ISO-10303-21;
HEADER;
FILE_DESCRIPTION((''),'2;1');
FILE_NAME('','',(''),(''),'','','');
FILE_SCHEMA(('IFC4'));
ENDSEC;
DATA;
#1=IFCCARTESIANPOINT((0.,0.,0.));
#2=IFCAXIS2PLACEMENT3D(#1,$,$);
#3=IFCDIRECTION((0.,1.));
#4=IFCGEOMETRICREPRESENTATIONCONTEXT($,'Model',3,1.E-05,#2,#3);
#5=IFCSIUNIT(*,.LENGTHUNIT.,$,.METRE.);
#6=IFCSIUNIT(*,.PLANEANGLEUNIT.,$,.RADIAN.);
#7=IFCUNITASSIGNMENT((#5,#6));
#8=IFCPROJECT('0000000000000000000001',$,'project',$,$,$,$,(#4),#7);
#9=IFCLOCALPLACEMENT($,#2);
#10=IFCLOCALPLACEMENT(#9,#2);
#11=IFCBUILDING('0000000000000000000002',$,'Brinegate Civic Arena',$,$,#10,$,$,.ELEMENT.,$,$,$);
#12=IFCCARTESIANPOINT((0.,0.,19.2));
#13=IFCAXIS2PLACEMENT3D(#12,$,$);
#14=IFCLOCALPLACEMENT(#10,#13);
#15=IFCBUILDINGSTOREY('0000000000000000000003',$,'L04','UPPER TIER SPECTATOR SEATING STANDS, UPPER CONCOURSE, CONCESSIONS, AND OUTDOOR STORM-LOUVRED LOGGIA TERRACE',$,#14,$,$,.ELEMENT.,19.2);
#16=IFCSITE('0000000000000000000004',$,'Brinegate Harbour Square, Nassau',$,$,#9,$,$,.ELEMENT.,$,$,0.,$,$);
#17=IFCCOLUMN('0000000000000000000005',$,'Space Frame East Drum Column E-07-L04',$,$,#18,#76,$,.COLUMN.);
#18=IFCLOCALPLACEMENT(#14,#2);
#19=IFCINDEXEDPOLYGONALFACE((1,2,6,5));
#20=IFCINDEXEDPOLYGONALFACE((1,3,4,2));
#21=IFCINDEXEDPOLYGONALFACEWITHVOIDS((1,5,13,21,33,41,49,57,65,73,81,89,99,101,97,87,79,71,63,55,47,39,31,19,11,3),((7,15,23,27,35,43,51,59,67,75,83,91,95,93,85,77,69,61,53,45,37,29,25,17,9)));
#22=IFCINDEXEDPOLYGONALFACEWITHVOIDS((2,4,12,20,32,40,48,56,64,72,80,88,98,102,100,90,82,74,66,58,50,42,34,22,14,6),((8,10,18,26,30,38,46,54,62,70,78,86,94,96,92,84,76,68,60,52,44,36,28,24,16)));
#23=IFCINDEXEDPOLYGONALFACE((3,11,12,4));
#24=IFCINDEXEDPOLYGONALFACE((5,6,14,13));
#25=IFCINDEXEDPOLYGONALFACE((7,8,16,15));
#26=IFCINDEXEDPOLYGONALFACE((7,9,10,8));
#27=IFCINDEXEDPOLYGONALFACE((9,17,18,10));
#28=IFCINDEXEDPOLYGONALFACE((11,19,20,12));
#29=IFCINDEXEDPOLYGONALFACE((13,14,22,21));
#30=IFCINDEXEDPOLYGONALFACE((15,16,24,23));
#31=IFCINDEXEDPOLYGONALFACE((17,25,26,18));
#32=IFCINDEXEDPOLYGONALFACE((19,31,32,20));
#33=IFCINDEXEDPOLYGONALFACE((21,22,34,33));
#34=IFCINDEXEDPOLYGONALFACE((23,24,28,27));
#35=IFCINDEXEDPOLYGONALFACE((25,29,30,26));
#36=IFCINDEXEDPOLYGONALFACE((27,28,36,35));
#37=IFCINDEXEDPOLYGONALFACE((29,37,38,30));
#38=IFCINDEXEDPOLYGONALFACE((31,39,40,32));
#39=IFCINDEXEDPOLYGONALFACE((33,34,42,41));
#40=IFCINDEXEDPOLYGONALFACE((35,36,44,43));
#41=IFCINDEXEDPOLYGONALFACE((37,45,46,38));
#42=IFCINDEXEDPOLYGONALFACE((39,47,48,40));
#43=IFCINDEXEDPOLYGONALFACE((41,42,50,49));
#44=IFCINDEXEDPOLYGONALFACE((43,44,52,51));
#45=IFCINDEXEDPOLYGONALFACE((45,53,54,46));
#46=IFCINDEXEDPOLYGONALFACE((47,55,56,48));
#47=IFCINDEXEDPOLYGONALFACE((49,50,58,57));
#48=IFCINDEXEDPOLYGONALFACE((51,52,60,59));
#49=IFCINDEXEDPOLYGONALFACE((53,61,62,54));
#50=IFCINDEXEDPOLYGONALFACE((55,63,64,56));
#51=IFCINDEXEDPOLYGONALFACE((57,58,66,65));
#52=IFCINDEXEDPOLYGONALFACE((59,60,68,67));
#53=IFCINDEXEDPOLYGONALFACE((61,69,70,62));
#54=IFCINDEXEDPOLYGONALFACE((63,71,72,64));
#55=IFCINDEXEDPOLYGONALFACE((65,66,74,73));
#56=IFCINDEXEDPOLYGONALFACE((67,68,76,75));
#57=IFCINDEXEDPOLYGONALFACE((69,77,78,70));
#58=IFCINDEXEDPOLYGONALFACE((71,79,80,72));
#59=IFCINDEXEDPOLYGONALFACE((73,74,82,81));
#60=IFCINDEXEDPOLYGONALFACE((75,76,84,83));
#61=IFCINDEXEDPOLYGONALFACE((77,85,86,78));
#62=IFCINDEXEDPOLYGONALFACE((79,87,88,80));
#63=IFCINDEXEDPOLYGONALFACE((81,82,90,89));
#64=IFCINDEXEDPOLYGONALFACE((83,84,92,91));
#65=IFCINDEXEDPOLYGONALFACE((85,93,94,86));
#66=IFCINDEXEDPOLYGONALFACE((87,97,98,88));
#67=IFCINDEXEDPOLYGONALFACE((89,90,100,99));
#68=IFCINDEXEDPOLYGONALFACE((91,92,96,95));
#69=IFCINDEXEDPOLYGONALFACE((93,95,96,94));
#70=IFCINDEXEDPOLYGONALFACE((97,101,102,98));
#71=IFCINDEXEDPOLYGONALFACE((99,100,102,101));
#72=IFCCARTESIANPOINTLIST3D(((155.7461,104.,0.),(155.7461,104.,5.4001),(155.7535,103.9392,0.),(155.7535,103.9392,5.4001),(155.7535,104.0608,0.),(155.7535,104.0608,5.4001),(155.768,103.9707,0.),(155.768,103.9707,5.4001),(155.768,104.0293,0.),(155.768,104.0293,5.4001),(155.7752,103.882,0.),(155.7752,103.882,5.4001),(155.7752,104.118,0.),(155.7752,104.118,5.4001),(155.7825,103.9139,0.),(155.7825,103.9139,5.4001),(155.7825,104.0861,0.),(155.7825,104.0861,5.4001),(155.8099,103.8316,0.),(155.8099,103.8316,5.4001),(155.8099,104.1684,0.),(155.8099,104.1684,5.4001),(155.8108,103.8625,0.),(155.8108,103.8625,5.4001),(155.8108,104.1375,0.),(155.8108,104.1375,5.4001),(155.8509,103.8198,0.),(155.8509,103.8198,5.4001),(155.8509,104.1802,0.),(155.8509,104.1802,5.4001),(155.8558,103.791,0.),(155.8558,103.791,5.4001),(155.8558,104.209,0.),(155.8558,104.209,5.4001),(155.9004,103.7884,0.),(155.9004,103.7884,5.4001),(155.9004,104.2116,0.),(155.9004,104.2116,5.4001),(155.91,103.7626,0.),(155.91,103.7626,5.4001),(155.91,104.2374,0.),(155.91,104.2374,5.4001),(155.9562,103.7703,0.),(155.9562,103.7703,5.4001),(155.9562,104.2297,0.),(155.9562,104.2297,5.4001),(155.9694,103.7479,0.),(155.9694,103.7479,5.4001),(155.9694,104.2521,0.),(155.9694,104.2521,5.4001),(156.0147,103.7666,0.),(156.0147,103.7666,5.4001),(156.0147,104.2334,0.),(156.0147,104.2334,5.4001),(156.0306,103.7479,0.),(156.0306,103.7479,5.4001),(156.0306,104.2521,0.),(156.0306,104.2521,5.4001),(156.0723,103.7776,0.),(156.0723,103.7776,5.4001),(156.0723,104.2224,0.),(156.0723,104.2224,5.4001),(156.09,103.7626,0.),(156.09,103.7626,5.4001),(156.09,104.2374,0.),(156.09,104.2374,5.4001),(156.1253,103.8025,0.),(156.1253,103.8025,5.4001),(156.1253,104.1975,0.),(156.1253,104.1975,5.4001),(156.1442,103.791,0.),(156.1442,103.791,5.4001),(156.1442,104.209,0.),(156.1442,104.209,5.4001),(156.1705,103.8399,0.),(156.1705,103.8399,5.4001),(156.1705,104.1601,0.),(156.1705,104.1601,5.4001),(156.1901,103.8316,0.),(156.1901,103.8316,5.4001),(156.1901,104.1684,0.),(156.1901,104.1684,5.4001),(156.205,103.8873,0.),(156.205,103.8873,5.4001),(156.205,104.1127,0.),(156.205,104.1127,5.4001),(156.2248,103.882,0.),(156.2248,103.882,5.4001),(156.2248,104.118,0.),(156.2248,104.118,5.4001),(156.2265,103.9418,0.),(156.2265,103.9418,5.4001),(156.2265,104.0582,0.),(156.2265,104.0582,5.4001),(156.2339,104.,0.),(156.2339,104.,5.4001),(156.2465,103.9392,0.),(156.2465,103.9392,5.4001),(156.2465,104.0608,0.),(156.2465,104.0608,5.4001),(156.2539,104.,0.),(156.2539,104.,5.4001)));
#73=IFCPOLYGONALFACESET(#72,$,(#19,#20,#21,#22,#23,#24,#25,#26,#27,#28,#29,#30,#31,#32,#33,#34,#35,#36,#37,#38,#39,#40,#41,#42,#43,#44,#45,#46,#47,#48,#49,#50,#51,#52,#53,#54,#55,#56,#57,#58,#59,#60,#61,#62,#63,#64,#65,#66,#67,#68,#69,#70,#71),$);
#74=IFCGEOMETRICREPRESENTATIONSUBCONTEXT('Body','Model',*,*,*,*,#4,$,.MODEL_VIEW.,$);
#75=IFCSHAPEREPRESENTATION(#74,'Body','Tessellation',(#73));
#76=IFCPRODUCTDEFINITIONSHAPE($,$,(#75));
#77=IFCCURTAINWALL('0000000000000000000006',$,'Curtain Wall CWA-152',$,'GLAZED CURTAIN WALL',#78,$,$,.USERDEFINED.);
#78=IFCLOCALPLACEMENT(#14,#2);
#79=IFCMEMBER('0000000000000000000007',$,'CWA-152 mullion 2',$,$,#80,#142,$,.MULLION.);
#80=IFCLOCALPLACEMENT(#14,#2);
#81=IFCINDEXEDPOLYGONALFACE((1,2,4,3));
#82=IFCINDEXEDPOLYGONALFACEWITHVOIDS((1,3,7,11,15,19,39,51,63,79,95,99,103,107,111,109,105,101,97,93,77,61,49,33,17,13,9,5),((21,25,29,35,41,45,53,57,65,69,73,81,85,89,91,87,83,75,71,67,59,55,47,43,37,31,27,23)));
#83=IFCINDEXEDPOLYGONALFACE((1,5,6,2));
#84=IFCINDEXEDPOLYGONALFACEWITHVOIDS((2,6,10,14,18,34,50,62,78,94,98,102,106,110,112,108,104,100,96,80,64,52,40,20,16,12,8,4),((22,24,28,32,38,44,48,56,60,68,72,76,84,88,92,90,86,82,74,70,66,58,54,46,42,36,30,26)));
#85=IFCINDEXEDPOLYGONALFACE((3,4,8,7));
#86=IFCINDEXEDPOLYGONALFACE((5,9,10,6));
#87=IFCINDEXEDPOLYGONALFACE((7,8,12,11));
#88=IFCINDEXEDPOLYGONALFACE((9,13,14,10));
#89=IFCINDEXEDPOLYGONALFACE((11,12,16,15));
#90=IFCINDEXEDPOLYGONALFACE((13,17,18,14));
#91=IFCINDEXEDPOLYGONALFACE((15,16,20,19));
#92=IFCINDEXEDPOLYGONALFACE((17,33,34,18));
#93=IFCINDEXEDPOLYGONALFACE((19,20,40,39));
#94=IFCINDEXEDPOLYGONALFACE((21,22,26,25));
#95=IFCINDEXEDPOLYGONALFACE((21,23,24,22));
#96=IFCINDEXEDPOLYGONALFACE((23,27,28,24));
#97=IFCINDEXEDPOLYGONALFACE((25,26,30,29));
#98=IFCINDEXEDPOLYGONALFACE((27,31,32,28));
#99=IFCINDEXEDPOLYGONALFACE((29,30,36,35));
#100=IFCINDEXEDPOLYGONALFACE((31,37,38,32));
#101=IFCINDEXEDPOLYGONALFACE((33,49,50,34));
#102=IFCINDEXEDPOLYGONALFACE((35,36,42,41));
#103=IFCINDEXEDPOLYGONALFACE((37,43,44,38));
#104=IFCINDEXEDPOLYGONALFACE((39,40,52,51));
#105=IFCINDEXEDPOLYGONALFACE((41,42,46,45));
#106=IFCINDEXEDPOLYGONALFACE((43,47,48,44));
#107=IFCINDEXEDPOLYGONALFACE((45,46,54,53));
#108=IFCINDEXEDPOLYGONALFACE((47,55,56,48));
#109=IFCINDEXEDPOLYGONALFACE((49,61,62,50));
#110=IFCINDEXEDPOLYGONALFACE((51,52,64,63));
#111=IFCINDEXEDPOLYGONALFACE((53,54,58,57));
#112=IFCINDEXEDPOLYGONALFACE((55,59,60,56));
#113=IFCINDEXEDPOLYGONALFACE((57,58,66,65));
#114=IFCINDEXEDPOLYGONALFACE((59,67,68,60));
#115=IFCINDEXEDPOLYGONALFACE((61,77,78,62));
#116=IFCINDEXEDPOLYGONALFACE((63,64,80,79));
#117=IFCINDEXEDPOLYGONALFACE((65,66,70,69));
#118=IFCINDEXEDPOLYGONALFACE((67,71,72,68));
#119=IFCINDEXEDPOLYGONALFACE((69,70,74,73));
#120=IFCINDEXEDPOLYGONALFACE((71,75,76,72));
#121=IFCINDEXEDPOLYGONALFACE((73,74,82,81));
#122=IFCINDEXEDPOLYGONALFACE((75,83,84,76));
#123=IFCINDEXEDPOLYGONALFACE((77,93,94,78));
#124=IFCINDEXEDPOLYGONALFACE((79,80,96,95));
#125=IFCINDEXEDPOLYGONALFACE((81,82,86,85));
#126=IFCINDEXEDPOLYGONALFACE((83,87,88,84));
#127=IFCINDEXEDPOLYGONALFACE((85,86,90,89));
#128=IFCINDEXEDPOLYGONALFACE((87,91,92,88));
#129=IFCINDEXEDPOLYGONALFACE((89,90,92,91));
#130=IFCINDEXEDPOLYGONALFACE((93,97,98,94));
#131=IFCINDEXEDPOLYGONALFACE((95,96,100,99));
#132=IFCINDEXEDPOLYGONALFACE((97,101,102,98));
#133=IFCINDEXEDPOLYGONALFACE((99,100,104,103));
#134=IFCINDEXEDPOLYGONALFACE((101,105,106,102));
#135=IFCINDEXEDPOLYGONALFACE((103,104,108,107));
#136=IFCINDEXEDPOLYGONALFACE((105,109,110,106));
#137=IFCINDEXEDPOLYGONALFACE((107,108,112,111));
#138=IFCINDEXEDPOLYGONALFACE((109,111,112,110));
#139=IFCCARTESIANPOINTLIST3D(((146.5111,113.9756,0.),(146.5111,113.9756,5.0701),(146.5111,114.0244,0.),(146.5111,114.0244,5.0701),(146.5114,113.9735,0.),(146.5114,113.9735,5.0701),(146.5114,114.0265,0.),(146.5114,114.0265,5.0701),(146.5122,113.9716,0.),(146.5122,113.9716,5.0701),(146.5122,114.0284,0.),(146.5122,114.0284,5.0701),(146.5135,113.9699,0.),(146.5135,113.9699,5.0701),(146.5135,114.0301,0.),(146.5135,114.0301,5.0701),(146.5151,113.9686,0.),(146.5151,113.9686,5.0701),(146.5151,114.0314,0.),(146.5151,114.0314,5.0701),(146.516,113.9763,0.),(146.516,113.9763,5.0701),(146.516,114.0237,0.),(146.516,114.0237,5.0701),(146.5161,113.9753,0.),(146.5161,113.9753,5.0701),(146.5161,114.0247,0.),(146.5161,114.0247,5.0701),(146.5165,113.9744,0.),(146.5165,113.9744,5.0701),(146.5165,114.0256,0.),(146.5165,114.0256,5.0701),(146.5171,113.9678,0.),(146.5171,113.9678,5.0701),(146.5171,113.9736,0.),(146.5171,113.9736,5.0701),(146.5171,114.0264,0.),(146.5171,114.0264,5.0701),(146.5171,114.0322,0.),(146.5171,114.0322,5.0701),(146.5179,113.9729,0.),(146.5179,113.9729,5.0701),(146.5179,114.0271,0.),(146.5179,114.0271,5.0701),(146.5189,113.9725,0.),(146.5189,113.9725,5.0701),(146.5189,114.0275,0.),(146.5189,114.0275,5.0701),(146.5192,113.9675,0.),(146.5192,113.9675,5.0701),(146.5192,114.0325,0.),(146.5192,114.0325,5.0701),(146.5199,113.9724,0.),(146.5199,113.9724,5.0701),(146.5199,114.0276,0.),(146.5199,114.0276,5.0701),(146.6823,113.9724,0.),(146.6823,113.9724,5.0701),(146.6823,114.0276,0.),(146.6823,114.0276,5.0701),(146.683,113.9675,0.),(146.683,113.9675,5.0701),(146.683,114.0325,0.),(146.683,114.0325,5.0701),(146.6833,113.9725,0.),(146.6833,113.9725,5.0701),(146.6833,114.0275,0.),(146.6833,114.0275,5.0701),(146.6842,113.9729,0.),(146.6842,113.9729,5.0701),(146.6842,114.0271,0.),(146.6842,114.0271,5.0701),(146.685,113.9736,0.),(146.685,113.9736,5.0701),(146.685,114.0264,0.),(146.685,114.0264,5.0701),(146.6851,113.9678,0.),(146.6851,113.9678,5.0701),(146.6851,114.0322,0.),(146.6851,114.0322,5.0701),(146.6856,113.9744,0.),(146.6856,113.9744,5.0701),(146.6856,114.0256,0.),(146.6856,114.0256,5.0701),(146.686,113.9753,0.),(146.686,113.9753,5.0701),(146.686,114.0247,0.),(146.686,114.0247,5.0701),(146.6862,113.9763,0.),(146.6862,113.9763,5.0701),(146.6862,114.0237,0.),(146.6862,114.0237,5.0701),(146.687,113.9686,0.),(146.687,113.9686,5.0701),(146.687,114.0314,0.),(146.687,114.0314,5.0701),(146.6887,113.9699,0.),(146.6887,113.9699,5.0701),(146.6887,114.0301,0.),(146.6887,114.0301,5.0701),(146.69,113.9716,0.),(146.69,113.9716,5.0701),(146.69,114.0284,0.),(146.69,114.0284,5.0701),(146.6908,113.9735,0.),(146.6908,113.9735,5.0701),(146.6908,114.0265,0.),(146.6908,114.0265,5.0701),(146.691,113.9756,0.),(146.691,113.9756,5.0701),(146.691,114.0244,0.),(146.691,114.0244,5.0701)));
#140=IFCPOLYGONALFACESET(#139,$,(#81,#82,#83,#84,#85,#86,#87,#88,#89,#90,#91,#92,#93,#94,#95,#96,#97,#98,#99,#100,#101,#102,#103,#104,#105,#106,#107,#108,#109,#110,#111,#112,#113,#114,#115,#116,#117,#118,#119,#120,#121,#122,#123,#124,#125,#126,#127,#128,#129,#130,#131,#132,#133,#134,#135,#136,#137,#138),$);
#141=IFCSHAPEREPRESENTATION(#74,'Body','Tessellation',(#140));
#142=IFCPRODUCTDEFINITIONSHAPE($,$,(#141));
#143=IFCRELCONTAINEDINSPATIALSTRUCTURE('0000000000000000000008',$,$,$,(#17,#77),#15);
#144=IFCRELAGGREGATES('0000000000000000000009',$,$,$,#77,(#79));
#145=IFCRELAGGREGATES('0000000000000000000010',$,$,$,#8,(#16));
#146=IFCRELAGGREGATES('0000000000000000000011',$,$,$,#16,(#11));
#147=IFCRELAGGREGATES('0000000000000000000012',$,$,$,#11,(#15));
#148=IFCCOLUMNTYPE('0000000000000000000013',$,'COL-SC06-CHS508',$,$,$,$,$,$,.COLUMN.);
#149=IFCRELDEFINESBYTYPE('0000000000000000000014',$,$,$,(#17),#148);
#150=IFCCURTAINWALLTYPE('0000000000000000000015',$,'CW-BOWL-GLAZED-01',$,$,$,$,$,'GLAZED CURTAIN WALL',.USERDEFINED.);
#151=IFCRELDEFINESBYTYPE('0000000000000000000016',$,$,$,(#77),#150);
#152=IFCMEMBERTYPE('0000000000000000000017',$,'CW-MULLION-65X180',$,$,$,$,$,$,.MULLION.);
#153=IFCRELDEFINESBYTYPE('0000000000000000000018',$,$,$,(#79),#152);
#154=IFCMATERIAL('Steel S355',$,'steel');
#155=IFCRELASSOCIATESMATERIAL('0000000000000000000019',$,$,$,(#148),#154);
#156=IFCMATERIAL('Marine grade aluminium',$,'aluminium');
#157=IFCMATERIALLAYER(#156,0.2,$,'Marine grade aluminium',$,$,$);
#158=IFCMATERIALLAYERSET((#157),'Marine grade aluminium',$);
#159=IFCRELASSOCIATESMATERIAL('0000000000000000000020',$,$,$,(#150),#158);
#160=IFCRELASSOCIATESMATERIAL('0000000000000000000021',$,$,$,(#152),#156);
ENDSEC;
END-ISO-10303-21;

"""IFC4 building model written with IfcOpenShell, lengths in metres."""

from ifc_helpers import new_model, si_unit, direction, frame, origin, origin_2d, place, context, subcontext, project, spatial, hollow_rectangle, hollow_circle, extrude, material, layer, layer_set, material_profile, profile_set, type_object, element, aggregate, save


model = new_model("IFC4")

# Units and contexts
model_context = context("Model", 3, precision=1e-05, world=origin(), true_north=direction((0.0, 1.0)))
body_context = subcontext(model_context, "Body", "Model", "MODEL_VIEW")
ifc_project = project(units=[si_unit("LENGTHUNIT", "METRE"), si_unit("PLANEANGLEUNIT", "RADIAN")], contexts=[model_context])

# Site, building, storey
site_placement = place(None, origin())
site = spatial("IfcSite", under=ifc_project, at=site_placement, Name="Brinegate Harbour Square, Nassau", CompositionType="ELEMENT", RefElevation=0.0)
building_placement = place(site_placement, origin())
building = spatial("IfcBuilding", under=site, at=building_placement, Name="Brinegate Civic Arena", CompositionType="ELEMENT")
storey_placement = place(building_placement, frame((0.0, 0.0, 19.2)))
storey = spatial("IfcBuildingStorey", under=building, at=storey_placement, Name="L04", Description="UPPER TIER SPECTATOR SEATING STANDS, UPPER CONCOURSE, CONCESSIONS, AND OUTDOOR STORM-LOUVRED LOGGIA TERRACE", CompositionType="ELEMENT", Elevation=19.2)

# Column
ifc_material_1 = material(Name="Steel S355", Category="steel")
ifc_material_profile_1 = material_profile(ifc_material_1, hollow_circle(Radius=0.2539, WallThickness=0.02, at=origin_2d()), Name="CHS508X20")
ifc_profile_set_1 = profile_set([ifc_material_profile_1], Name="Steel S355")
column_type = type_object("IfcColumnType", Name="COL-SC06-CHS508", PredefinedType="COLUMN", material=ifc_profile_set_1)
column_placement = place(storey_placement, frame((156.0, 104.0, 0.0), z_axis=(0.0, 0.0, 1.0), x_axis=(1.0, 0.0, 0.0)))
element("IfcColumn", 1, at=column_placement, inside=storey, type_object=column_type, Name="Space Frame East Drum Column E-07-L04", PredefinedType="COLUMN", context=body_context, shape_type="SweptSolid", body=[
    extrude(hollow_circle(Radius=0.2539, WallThickness=0.02, at=origin_2d()), origin(), (0.0, 0.0, 1.0), 5.4001),
])

# Curtain wall, member
ifc_material_2 = material(Name="Marine grade aluminium", Category="aluminium")
ifc_layer_1 = layer(ifc_material_2, 0.2, Name="Marine grade aluminium")
ifc_layer_set_1 = layer_set([ifc_layer_1], Name="Marine grade aluminium")
curtain_wall_type = type_object("IfcCurtainWallType", Name="CW-BOWL-GLAZED-01", ElementType="GLAZED CURTAIN WALL", PredefinedType="USERDEFINED", material=ifc_layer_set_1)
curtain_wall_placement = place(storey_placement, origin())
curtain_wall = element("IfcCurtainWall", 2, at=curtain_wall_placement, inside=storey, type_object=curtain_wall_type, Name="Curtain Wall CWA-152", ObjectType="GLAZED CURTAIN WALL", PredefinedType="USERDEFINED")
ifc_material_profile_2 = material_profile(ifc_material_2, hollow_rectangle(XDim=0.0649, YDim=0.1799, WallThickness=0.0049, InnerFilletRadius=0.0039, OuterFilletRadius=0.0081, at=origin_2d()), Name="MUL65X180")
ifc_profile_set_2 = profile_set([ifc_material_profile_2], Name="Marine grade aluminium")
member_type_1 = type_object("IfcMemberType", Name="CW-MULLION-65X180", PredefinedType="MULLION", material=ifc_profile_set_2)
member_1_placement = place(storey_placement, frame((146.6011, 114.0, 0.0), z_axis=(0.0, 0.0, 1.0), x_axis=(0.0, 1.0, 0.0)))
member_1 = element("IfcMember", 3, at=member_1_placement, type_object=member_type_1, Name="CWA-152 mullion 2", PredefinedType="MULLION", context=body_context, shape_type="SweptSolid", body=[
    extrude(hollow_rectangle(XDim=0.0649, YDim=0.1799, WallThickness=0.0049, InnerFilletRadius=0.0039, OuterFilletRadius=0.0081, at=origin_2d()), origin(), (0.0, 0.0, 1.0), 5.0701),
])

aggregate(curtain_wall, [member_1])

save(model, "model.ifc")
